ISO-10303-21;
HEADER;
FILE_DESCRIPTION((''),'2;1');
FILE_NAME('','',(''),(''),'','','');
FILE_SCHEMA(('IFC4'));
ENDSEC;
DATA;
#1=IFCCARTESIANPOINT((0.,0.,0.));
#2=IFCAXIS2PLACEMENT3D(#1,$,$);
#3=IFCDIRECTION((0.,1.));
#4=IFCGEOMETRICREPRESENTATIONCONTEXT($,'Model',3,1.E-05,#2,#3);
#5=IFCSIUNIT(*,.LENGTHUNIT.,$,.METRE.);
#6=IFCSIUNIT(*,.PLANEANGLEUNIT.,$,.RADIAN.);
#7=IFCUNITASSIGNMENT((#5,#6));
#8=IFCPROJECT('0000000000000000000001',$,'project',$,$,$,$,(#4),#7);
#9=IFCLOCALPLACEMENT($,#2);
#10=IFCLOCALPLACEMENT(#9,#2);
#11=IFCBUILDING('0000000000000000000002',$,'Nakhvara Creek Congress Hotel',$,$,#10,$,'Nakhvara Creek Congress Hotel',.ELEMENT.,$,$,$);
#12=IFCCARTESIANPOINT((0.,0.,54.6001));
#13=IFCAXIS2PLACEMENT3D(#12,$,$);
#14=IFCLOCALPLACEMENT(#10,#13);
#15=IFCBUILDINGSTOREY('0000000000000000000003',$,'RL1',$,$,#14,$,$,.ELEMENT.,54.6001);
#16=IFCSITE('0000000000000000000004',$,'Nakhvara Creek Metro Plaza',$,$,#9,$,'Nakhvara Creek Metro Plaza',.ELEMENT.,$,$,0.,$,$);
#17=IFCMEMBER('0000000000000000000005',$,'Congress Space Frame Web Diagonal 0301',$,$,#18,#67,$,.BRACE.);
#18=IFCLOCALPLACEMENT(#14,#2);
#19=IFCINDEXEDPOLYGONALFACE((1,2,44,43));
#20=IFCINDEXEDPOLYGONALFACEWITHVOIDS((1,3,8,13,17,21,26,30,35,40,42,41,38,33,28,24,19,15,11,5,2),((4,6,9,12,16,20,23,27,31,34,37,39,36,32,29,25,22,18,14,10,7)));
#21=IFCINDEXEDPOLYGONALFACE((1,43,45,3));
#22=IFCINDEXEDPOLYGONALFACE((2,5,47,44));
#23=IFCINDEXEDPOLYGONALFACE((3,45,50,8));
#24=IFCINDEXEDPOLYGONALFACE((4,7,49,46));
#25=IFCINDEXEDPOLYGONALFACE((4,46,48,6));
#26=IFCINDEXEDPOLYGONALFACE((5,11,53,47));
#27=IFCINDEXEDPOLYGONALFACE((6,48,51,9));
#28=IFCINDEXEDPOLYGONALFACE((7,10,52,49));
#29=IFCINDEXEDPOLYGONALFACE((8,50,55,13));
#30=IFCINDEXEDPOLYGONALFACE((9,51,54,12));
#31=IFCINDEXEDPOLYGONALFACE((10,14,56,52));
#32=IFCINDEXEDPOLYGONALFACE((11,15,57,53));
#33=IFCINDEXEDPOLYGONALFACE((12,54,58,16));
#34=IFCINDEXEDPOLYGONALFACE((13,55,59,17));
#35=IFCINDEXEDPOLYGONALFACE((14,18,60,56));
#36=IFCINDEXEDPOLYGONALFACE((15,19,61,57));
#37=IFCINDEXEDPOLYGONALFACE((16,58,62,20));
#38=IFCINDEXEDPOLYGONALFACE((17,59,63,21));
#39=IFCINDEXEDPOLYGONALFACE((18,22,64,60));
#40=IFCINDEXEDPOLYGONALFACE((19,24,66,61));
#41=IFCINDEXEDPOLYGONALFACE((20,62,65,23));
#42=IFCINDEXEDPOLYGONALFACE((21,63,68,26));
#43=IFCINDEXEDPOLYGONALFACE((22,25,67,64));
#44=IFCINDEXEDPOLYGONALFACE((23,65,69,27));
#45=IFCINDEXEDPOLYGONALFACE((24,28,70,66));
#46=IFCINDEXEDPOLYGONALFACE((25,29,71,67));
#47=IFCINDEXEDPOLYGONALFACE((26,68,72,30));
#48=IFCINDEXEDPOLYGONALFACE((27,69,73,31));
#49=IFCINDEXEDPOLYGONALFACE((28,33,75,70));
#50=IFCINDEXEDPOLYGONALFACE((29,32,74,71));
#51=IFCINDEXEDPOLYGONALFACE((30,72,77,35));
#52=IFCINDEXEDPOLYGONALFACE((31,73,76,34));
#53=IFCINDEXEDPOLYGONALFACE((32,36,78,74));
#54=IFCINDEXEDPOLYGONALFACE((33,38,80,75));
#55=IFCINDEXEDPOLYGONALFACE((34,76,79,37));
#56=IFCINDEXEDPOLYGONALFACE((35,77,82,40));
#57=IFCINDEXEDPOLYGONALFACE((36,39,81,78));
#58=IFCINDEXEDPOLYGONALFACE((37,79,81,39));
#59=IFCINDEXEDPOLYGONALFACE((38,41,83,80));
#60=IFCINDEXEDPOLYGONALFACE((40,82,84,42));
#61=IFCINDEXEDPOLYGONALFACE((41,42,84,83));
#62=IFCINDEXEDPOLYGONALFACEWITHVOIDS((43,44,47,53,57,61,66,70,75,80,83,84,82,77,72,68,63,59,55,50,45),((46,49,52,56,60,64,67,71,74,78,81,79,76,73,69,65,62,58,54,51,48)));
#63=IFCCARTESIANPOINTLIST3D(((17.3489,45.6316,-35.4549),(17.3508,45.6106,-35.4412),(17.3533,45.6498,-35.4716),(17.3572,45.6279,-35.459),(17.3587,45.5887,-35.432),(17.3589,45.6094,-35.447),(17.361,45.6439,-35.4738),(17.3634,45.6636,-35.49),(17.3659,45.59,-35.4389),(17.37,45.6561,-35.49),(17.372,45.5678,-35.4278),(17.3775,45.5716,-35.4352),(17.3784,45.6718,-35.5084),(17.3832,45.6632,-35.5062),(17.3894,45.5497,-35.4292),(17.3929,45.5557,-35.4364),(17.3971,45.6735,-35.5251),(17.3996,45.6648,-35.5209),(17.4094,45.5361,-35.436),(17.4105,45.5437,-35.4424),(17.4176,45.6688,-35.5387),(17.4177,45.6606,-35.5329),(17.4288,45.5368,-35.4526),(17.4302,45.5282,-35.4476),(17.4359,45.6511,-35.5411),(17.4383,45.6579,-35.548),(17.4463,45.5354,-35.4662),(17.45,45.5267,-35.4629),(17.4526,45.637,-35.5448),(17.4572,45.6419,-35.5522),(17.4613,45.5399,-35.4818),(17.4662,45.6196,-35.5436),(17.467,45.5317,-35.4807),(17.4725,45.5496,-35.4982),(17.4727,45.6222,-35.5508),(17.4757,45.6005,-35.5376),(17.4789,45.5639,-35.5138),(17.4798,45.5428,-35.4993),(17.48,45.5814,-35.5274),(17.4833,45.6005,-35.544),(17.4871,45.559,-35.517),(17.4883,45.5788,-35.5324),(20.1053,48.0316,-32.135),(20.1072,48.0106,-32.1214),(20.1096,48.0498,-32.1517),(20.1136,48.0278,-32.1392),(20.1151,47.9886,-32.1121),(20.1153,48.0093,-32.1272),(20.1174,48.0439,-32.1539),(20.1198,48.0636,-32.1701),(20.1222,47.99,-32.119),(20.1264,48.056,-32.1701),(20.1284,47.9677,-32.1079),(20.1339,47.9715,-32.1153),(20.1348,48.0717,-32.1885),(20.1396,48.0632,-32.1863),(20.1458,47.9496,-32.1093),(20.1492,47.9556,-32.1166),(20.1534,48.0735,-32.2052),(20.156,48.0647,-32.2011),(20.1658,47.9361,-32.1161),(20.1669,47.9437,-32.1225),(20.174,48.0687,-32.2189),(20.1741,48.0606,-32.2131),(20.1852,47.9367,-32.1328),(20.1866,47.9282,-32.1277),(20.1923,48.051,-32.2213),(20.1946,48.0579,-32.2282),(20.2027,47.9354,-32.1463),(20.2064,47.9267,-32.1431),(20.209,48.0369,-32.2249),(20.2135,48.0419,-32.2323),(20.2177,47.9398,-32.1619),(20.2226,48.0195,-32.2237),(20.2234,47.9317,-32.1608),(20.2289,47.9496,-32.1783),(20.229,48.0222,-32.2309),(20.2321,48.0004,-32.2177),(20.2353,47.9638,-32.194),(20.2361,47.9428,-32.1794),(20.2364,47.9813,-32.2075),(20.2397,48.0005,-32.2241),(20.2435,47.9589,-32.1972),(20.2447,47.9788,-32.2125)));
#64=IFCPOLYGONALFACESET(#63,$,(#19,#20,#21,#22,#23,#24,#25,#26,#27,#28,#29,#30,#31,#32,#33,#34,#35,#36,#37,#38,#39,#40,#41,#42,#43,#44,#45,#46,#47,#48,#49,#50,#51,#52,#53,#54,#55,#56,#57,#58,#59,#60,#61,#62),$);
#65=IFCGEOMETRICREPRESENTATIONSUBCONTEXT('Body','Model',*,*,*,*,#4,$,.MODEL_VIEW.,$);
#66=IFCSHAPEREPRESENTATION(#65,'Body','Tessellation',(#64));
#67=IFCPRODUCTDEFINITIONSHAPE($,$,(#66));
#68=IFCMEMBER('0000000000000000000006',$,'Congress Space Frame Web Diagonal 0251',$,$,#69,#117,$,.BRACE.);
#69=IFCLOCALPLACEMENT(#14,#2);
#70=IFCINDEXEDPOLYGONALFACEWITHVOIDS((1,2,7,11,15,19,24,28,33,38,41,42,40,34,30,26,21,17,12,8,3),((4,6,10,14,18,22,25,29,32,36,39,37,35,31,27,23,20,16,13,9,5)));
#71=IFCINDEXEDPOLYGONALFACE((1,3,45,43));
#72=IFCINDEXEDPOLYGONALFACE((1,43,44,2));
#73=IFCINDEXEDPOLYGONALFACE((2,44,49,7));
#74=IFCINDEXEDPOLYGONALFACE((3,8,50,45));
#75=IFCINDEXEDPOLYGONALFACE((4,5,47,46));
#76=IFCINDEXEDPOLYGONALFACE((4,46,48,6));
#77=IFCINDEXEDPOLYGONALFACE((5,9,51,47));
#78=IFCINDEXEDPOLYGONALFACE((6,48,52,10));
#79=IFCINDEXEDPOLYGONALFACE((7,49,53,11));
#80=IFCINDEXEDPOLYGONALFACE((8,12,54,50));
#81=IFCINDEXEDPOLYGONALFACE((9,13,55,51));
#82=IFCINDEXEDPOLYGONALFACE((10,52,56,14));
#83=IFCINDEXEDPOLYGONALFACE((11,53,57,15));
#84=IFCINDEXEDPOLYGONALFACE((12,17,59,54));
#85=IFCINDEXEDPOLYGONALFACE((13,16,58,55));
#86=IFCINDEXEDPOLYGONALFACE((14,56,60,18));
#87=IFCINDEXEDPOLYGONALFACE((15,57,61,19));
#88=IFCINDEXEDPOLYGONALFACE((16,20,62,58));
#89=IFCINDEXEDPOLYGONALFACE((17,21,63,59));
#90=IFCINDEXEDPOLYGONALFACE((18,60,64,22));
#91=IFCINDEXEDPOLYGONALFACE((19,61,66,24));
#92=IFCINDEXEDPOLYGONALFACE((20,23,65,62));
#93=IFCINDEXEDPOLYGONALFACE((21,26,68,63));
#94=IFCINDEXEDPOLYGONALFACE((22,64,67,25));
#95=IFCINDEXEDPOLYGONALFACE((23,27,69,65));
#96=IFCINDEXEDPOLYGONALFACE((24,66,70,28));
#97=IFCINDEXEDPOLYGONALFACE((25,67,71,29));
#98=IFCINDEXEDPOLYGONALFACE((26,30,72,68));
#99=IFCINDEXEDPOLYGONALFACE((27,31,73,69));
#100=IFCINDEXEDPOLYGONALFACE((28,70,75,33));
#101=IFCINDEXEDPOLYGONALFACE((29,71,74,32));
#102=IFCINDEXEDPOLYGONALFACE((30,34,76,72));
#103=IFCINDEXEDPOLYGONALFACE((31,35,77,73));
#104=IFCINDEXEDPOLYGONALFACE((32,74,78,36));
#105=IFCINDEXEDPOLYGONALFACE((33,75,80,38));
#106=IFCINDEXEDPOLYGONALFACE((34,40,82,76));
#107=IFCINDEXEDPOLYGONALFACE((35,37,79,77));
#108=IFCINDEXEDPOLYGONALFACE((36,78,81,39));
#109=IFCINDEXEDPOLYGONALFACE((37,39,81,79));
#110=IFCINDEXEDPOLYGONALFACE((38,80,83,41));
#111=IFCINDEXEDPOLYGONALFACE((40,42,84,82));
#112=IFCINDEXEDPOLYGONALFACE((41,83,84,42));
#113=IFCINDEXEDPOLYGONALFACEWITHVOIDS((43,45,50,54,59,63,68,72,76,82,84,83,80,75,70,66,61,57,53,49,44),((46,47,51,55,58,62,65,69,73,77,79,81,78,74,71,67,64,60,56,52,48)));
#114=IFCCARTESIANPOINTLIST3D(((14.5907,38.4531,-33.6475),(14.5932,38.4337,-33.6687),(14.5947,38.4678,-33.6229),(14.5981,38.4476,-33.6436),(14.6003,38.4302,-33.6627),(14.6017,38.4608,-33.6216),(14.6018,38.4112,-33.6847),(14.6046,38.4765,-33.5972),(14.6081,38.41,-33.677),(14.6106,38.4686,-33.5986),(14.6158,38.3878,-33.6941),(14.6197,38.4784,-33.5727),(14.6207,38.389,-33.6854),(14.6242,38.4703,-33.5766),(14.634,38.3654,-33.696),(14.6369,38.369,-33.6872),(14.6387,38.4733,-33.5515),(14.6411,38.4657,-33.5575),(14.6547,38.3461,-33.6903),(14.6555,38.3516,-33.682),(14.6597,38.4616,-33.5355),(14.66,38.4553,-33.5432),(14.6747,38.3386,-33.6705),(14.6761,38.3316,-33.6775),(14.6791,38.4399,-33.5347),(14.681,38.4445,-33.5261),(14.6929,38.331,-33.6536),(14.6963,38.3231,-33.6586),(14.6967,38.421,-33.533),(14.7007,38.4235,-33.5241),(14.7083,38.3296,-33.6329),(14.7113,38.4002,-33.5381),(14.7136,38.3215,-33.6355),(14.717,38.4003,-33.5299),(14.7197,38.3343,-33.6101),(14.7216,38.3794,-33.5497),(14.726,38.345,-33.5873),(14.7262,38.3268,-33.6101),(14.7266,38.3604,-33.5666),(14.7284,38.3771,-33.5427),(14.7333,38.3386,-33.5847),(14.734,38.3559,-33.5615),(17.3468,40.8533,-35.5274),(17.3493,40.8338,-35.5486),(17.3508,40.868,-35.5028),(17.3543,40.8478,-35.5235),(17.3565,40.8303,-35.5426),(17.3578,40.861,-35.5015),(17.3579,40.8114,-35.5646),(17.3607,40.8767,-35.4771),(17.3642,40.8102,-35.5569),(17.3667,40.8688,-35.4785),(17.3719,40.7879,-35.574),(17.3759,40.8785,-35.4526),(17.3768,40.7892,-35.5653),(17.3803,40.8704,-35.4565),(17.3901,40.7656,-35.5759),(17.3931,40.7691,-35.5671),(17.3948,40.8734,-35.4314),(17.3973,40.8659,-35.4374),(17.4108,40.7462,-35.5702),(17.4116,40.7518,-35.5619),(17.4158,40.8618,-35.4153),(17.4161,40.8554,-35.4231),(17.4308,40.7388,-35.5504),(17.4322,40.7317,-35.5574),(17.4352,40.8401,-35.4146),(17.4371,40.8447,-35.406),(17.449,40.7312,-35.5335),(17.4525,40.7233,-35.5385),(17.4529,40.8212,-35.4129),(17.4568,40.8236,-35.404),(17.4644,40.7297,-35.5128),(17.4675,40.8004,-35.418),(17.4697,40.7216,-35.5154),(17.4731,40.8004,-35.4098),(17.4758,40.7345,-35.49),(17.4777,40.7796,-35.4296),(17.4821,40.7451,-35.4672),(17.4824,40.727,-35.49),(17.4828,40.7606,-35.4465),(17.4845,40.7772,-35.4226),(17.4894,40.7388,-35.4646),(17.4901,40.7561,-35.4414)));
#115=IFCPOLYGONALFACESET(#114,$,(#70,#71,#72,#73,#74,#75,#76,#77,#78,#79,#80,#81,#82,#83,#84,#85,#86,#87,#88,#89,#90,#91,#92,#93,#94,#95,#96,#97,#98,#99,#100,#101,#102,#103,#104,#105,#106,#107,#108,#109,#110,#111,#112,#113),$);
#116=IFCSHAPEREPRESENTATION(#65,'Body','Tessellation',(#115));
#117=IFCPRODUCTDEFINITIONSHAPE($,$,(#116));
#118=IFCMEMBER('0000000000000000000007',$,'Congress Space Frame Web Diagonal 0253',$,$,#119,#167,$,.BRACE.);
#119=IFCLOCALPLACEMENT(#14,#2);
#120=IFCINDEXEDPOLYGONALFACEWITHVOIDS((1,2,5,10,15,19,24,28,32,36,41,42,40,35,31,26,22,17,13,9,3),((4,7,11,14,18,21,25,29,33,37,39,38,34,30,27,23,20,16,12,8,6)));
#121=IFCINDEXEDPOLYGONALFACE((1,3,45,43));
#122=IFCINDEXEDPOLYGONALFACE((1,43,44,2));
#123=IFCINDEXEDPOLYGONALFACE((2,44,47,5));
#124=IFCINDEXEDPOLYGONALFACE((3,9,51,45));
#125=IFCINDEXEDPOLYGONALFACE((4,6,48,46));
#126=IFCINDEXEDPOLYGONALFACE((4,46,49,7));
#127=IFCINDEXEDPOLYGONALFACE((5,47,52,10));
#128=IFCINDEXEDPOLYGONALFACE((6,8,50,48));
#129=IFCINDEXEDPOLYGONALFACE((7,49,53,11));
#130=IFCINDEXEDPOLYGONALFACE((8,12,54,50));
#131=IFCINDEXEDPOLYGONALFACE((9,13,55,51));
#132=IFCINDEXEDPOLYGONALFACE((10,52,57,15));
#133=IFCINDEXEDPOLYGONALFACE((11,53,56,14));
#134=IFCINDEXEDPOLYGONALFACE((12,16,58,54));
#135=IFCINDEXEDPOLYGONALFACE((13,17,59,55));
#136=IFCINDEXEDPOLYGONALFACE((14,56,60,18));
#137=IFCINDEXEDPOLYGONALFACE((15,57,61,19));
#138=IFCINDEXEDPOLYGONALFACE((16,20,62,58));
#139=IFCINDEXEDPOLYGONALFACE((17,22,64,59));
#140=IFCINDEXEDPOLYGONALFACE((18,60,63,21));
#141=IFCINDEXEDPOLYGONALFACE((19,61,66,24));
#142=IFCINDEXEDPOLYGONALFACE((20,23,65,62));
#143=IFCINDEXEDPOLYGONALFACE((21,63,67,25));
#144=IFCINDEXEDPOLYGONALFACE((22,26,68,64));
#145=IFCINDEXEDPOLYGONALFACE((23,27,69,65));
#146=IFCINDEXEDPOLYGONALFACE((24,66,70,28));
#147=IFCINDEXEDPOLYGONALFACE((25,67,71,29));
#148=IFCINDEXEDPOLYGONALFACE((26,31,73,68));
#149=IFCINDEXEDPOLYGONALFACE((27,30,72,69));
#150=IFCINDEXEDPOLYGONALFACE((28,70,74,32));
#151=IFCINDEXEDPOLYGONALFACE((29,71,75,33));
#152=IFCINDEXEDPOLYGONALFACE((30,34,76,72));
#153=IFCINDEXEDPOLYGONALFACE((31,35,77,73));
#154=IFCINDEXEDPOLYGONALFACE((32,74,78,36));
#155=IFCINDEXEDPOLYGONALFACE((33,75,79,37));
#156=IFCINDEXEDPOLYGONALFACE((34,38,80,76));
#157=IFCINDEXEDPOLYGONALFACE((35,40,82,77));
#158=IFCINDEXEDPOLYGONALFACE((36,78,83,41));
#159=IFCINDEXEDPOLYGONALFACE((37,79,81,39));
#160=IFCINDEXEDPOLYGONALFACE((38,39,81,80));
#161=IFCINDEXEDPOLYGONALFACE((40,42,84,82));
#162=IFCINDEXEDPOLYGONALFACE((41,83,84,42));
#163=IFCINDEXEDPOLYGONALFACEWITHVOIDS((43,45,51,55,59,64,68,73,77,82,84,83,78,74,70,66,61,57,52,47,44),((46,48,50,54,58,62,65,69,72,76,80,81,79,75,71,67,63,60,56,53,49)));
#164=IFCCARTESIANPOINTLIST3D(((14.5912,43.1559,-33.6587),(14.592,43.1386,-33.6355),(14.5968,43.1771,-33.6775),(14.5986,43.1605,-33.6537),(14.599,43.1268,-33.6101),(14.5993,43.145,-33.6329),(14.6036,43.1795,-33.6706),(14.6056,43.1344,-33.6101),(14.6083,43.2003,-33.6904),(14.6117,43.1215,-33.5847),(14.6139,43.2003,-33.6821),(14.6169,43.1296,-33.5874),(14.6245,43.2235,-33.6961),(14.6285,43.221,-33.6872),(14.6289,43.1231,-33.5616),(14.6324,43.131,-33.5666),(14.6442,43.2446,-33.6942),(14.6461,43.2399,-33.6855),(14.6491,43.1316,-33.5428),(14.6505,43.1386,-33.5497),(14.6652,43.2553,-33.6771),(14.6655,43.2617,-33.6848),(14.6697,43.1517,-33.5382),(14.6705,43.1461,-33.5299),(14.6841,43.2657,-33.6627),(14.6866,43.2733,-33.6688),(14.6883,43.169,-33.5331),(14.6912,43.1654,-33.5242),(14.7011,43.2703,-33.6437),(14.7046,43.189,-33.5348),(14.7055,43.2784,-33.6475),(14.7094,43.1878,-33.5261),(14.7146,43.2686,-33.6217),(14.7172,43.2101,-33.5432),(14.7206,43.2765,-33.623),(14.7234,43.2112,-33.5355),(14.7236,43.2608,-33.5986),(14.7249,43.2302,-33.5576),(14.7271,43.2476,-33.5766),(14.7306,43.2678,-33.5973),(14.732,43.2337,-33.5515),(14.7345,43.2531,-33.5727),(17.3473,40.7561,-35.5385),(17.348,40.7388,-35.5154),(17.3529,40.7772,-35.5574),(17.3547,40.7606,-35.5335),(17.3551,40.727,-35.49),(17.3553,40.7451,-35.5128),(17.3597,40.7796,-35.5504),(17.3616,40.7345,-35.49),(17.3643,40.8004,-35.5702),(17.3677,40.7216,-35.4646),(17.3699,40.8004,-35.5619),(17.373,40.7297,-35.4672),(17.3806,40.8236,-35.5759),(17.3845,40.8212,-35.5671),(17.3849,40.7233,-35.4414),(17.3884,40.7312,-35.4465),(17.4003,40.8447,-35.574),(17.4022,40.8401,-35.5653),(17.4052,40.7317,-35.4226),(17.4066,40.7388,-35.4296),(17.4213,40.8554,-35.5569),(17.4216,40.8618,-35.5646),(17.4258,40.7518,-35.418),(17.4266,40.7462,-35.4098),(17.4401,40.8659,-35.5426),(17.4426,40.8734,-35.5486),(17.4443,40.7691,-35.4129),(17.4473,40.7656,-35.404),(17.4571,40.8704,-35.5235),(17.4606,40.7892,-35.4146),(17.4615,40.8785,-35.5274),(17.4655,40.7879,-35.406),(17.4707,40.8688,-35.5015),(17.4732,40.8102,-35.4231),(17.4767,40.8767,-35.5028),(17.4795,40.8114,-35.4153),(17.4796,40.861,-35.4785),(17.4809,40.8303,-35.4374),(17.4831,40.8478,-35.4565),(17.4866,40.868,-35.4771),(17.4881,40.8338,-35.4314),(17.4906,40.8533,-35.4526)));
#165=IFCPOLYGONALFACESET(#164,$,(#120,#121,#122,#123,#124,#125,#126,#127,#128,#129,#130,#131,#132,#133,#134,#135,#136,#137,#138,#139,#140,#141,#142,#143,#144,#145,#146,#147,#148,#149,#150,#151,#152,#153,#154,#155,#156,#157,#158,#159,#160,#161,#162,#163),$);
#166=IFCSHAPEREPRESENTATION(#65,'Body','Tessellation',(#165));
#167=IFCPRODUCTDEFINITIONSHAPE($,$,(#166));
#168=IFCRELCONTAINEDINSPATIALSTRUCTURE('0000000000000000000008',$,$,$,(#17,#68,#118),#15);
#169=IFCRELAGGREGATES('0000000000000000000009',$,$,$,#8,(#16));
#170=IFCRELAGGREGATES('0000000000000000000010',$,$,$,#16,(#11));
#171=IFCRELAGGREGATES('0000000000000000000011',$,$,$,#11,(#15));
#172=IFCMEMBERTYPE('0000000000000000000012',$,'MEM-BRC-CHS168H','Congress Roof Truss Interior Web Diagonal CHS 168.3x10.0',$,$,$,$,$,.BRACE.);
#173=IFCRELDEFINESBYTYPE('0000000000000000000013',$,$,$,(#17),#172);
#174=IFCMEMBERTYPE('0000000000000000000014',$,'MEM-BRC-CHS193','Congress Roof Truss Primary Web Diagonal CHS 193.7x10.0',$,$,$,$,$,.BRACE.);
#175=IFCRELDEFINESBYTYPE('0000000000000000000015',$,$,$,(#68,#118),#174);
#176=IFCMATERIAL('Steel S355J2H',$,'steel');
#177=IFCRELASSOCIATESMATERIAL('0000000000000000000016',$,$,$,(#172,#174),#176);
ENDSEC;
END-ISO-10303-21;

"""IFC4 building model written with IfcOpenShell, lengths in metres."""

from ifc_helpers import new_model, si_unit, direction, frame, origin, origin_2d, place, context, subcontext, project, spatial, hollow_circle, extrude, material, material_profile, profile_set, type_object, element, save


model = new_model("IFC4")

# Units and contexts
model_context = context("Model", 3, precision=1e-05, world=origin(), true_north=direction((0.0, 1.0)))
body_context = subcontext(model_context, "Body", "Model", "MODEL_VIEW")
ifc_project = project(units=[si_unit("LENGTHUNIT", "METRE"), si_unit("PLANEANGLEUNIT", "RADIAN")], contexts=[model_context])

# Site, building, storey
site_placement = place(None, origin())
site = spatial("IfcSite", under=ifc_project, at=site_placement, Name="Nakhvara Creek Metro Plaza", LongName="Nakhvara Creek Metro Plaza", CompositionType="ELEMENT", RefElevation=0.0)
building_placement = place(site_placement, origin())
building = spatial("IfcBuilding", under=site, at=building_placement, Name="Nakhvara Creek Congress Hotel", LongName="Nakhvara Creek Congress Hotel", CompositionType="ELEMENT")
storey_placement = place(building_placement, frame((0.0, 0.0, 54.6001)))
storey = spatial("IfcBuildingStorey", under=building, at=storey_placement, Name="RL1", CompositionType="ELEMENT", Elevation=54.6001)

# Members
ifc_material_1 = material(Name="Steel S355J2H", Category="steel")
ifc_material_profile_1 = material_profile(ifc_material_1, hollow_circle(Radius=0.0842, WallThickness=0.01, at=origin_2d()), Name="CHS 168.3x10.0", Category="LoadBearing")
ifc_profile_set_1 = profile_set([ifc_material_profile_1], Name="Steel S355J2H")
member_type_1 = type_object("IfcMemberType", Name="MEM-BRC-CHS168H", Description="Congress Roof Truss Interior Web Diagonal CHS 168.3x10.0", PredefinedType="BRACE", material=ifc_profile_set_1)
for number, where, z_axis, x_axis, name in (
    (1, (17.4187, 45.6001, -35.49), (0.558256, 0.486063, 0.672379), (-0.656658, 0.754188, 0.0), "Congress Space Frame Web Diagonal 0301"),
):
    element("IfcMember", number, at=place(storey_placement, frame(where, z_axis=z_axis, x_axis=x_axis)), inside=storey, type_object=member_type_1, Name=name, PredefinedType="BRACE", context=body_context, shape_type="SweptSolid", body=[
        extrude(hollow_circle(Radius=0.0842, WallThickness=0.01, at=origin_2d()), origin(), (0.0, 0.0, 1.0), 4.9375),
    ])
ifc_material_profile_2 = material_profile(ifc_material_1, hollow_circle(Radius=0.0969, WallThickness=0.01, at=origin_2d()), Name="CHS 193.7x10.0", Category="LoadBearing")
ifc_profile_set_2 = profile_set([ifc_material_profile_2], Name="Steel S355J2H")
member_type_2 = type_object("IfcMemberType", Name="MEM-BRC-CHS193", Description="Congress Roof Truss Primary Web Diagonal CHS 193.7x10.0", PredefinedType="BRACE", material=ifc_profile_set_2)
member_1_placement = place(storey_placement, frame((17.4187, 40.8, -35.49), z_axis=(-0.670611, -0.584, 0.45741), x_axis=(0.656729, -0.754126, 0.0)))
element("IfcMember", 2, at=member_1_placement, inside=storey, type_object=member_type_2, Name="Congress Space Frame Web Diagonal 0251", PredefinedType="BRACE", context=body_context, shape_type="SweptSolid", body=[
    extrude(hollow_circle(Radius=0.0969, WallThickness=0.01, at=origin_2d()), origin(), (0.0, 0.0, 1.0), 4.1099),
])
member_2_placement = place(storey_placement, frame((17.4187, 40.8, -35.49), z_axis=(-0.670634, 0.583961, 0.457426), x_axis=(-0.656691, -0.75416, 0.0)))
element("IfcMember", 3, at=member_2_placement, inside=storey, type_object=member_type_2, Name="Congress Space Frame Web Diagonal 0253", PredefinedType="BRACE", context=body_context, shape_type="SweptSolid", body=[
    extrude(hollow_circle(Radius=0.0969, WallThickness=0.01, at=origin_2d()), origin(), (0.0, 0.0, 1.0), 4.1096),
])

save(model, "model.ifc")
